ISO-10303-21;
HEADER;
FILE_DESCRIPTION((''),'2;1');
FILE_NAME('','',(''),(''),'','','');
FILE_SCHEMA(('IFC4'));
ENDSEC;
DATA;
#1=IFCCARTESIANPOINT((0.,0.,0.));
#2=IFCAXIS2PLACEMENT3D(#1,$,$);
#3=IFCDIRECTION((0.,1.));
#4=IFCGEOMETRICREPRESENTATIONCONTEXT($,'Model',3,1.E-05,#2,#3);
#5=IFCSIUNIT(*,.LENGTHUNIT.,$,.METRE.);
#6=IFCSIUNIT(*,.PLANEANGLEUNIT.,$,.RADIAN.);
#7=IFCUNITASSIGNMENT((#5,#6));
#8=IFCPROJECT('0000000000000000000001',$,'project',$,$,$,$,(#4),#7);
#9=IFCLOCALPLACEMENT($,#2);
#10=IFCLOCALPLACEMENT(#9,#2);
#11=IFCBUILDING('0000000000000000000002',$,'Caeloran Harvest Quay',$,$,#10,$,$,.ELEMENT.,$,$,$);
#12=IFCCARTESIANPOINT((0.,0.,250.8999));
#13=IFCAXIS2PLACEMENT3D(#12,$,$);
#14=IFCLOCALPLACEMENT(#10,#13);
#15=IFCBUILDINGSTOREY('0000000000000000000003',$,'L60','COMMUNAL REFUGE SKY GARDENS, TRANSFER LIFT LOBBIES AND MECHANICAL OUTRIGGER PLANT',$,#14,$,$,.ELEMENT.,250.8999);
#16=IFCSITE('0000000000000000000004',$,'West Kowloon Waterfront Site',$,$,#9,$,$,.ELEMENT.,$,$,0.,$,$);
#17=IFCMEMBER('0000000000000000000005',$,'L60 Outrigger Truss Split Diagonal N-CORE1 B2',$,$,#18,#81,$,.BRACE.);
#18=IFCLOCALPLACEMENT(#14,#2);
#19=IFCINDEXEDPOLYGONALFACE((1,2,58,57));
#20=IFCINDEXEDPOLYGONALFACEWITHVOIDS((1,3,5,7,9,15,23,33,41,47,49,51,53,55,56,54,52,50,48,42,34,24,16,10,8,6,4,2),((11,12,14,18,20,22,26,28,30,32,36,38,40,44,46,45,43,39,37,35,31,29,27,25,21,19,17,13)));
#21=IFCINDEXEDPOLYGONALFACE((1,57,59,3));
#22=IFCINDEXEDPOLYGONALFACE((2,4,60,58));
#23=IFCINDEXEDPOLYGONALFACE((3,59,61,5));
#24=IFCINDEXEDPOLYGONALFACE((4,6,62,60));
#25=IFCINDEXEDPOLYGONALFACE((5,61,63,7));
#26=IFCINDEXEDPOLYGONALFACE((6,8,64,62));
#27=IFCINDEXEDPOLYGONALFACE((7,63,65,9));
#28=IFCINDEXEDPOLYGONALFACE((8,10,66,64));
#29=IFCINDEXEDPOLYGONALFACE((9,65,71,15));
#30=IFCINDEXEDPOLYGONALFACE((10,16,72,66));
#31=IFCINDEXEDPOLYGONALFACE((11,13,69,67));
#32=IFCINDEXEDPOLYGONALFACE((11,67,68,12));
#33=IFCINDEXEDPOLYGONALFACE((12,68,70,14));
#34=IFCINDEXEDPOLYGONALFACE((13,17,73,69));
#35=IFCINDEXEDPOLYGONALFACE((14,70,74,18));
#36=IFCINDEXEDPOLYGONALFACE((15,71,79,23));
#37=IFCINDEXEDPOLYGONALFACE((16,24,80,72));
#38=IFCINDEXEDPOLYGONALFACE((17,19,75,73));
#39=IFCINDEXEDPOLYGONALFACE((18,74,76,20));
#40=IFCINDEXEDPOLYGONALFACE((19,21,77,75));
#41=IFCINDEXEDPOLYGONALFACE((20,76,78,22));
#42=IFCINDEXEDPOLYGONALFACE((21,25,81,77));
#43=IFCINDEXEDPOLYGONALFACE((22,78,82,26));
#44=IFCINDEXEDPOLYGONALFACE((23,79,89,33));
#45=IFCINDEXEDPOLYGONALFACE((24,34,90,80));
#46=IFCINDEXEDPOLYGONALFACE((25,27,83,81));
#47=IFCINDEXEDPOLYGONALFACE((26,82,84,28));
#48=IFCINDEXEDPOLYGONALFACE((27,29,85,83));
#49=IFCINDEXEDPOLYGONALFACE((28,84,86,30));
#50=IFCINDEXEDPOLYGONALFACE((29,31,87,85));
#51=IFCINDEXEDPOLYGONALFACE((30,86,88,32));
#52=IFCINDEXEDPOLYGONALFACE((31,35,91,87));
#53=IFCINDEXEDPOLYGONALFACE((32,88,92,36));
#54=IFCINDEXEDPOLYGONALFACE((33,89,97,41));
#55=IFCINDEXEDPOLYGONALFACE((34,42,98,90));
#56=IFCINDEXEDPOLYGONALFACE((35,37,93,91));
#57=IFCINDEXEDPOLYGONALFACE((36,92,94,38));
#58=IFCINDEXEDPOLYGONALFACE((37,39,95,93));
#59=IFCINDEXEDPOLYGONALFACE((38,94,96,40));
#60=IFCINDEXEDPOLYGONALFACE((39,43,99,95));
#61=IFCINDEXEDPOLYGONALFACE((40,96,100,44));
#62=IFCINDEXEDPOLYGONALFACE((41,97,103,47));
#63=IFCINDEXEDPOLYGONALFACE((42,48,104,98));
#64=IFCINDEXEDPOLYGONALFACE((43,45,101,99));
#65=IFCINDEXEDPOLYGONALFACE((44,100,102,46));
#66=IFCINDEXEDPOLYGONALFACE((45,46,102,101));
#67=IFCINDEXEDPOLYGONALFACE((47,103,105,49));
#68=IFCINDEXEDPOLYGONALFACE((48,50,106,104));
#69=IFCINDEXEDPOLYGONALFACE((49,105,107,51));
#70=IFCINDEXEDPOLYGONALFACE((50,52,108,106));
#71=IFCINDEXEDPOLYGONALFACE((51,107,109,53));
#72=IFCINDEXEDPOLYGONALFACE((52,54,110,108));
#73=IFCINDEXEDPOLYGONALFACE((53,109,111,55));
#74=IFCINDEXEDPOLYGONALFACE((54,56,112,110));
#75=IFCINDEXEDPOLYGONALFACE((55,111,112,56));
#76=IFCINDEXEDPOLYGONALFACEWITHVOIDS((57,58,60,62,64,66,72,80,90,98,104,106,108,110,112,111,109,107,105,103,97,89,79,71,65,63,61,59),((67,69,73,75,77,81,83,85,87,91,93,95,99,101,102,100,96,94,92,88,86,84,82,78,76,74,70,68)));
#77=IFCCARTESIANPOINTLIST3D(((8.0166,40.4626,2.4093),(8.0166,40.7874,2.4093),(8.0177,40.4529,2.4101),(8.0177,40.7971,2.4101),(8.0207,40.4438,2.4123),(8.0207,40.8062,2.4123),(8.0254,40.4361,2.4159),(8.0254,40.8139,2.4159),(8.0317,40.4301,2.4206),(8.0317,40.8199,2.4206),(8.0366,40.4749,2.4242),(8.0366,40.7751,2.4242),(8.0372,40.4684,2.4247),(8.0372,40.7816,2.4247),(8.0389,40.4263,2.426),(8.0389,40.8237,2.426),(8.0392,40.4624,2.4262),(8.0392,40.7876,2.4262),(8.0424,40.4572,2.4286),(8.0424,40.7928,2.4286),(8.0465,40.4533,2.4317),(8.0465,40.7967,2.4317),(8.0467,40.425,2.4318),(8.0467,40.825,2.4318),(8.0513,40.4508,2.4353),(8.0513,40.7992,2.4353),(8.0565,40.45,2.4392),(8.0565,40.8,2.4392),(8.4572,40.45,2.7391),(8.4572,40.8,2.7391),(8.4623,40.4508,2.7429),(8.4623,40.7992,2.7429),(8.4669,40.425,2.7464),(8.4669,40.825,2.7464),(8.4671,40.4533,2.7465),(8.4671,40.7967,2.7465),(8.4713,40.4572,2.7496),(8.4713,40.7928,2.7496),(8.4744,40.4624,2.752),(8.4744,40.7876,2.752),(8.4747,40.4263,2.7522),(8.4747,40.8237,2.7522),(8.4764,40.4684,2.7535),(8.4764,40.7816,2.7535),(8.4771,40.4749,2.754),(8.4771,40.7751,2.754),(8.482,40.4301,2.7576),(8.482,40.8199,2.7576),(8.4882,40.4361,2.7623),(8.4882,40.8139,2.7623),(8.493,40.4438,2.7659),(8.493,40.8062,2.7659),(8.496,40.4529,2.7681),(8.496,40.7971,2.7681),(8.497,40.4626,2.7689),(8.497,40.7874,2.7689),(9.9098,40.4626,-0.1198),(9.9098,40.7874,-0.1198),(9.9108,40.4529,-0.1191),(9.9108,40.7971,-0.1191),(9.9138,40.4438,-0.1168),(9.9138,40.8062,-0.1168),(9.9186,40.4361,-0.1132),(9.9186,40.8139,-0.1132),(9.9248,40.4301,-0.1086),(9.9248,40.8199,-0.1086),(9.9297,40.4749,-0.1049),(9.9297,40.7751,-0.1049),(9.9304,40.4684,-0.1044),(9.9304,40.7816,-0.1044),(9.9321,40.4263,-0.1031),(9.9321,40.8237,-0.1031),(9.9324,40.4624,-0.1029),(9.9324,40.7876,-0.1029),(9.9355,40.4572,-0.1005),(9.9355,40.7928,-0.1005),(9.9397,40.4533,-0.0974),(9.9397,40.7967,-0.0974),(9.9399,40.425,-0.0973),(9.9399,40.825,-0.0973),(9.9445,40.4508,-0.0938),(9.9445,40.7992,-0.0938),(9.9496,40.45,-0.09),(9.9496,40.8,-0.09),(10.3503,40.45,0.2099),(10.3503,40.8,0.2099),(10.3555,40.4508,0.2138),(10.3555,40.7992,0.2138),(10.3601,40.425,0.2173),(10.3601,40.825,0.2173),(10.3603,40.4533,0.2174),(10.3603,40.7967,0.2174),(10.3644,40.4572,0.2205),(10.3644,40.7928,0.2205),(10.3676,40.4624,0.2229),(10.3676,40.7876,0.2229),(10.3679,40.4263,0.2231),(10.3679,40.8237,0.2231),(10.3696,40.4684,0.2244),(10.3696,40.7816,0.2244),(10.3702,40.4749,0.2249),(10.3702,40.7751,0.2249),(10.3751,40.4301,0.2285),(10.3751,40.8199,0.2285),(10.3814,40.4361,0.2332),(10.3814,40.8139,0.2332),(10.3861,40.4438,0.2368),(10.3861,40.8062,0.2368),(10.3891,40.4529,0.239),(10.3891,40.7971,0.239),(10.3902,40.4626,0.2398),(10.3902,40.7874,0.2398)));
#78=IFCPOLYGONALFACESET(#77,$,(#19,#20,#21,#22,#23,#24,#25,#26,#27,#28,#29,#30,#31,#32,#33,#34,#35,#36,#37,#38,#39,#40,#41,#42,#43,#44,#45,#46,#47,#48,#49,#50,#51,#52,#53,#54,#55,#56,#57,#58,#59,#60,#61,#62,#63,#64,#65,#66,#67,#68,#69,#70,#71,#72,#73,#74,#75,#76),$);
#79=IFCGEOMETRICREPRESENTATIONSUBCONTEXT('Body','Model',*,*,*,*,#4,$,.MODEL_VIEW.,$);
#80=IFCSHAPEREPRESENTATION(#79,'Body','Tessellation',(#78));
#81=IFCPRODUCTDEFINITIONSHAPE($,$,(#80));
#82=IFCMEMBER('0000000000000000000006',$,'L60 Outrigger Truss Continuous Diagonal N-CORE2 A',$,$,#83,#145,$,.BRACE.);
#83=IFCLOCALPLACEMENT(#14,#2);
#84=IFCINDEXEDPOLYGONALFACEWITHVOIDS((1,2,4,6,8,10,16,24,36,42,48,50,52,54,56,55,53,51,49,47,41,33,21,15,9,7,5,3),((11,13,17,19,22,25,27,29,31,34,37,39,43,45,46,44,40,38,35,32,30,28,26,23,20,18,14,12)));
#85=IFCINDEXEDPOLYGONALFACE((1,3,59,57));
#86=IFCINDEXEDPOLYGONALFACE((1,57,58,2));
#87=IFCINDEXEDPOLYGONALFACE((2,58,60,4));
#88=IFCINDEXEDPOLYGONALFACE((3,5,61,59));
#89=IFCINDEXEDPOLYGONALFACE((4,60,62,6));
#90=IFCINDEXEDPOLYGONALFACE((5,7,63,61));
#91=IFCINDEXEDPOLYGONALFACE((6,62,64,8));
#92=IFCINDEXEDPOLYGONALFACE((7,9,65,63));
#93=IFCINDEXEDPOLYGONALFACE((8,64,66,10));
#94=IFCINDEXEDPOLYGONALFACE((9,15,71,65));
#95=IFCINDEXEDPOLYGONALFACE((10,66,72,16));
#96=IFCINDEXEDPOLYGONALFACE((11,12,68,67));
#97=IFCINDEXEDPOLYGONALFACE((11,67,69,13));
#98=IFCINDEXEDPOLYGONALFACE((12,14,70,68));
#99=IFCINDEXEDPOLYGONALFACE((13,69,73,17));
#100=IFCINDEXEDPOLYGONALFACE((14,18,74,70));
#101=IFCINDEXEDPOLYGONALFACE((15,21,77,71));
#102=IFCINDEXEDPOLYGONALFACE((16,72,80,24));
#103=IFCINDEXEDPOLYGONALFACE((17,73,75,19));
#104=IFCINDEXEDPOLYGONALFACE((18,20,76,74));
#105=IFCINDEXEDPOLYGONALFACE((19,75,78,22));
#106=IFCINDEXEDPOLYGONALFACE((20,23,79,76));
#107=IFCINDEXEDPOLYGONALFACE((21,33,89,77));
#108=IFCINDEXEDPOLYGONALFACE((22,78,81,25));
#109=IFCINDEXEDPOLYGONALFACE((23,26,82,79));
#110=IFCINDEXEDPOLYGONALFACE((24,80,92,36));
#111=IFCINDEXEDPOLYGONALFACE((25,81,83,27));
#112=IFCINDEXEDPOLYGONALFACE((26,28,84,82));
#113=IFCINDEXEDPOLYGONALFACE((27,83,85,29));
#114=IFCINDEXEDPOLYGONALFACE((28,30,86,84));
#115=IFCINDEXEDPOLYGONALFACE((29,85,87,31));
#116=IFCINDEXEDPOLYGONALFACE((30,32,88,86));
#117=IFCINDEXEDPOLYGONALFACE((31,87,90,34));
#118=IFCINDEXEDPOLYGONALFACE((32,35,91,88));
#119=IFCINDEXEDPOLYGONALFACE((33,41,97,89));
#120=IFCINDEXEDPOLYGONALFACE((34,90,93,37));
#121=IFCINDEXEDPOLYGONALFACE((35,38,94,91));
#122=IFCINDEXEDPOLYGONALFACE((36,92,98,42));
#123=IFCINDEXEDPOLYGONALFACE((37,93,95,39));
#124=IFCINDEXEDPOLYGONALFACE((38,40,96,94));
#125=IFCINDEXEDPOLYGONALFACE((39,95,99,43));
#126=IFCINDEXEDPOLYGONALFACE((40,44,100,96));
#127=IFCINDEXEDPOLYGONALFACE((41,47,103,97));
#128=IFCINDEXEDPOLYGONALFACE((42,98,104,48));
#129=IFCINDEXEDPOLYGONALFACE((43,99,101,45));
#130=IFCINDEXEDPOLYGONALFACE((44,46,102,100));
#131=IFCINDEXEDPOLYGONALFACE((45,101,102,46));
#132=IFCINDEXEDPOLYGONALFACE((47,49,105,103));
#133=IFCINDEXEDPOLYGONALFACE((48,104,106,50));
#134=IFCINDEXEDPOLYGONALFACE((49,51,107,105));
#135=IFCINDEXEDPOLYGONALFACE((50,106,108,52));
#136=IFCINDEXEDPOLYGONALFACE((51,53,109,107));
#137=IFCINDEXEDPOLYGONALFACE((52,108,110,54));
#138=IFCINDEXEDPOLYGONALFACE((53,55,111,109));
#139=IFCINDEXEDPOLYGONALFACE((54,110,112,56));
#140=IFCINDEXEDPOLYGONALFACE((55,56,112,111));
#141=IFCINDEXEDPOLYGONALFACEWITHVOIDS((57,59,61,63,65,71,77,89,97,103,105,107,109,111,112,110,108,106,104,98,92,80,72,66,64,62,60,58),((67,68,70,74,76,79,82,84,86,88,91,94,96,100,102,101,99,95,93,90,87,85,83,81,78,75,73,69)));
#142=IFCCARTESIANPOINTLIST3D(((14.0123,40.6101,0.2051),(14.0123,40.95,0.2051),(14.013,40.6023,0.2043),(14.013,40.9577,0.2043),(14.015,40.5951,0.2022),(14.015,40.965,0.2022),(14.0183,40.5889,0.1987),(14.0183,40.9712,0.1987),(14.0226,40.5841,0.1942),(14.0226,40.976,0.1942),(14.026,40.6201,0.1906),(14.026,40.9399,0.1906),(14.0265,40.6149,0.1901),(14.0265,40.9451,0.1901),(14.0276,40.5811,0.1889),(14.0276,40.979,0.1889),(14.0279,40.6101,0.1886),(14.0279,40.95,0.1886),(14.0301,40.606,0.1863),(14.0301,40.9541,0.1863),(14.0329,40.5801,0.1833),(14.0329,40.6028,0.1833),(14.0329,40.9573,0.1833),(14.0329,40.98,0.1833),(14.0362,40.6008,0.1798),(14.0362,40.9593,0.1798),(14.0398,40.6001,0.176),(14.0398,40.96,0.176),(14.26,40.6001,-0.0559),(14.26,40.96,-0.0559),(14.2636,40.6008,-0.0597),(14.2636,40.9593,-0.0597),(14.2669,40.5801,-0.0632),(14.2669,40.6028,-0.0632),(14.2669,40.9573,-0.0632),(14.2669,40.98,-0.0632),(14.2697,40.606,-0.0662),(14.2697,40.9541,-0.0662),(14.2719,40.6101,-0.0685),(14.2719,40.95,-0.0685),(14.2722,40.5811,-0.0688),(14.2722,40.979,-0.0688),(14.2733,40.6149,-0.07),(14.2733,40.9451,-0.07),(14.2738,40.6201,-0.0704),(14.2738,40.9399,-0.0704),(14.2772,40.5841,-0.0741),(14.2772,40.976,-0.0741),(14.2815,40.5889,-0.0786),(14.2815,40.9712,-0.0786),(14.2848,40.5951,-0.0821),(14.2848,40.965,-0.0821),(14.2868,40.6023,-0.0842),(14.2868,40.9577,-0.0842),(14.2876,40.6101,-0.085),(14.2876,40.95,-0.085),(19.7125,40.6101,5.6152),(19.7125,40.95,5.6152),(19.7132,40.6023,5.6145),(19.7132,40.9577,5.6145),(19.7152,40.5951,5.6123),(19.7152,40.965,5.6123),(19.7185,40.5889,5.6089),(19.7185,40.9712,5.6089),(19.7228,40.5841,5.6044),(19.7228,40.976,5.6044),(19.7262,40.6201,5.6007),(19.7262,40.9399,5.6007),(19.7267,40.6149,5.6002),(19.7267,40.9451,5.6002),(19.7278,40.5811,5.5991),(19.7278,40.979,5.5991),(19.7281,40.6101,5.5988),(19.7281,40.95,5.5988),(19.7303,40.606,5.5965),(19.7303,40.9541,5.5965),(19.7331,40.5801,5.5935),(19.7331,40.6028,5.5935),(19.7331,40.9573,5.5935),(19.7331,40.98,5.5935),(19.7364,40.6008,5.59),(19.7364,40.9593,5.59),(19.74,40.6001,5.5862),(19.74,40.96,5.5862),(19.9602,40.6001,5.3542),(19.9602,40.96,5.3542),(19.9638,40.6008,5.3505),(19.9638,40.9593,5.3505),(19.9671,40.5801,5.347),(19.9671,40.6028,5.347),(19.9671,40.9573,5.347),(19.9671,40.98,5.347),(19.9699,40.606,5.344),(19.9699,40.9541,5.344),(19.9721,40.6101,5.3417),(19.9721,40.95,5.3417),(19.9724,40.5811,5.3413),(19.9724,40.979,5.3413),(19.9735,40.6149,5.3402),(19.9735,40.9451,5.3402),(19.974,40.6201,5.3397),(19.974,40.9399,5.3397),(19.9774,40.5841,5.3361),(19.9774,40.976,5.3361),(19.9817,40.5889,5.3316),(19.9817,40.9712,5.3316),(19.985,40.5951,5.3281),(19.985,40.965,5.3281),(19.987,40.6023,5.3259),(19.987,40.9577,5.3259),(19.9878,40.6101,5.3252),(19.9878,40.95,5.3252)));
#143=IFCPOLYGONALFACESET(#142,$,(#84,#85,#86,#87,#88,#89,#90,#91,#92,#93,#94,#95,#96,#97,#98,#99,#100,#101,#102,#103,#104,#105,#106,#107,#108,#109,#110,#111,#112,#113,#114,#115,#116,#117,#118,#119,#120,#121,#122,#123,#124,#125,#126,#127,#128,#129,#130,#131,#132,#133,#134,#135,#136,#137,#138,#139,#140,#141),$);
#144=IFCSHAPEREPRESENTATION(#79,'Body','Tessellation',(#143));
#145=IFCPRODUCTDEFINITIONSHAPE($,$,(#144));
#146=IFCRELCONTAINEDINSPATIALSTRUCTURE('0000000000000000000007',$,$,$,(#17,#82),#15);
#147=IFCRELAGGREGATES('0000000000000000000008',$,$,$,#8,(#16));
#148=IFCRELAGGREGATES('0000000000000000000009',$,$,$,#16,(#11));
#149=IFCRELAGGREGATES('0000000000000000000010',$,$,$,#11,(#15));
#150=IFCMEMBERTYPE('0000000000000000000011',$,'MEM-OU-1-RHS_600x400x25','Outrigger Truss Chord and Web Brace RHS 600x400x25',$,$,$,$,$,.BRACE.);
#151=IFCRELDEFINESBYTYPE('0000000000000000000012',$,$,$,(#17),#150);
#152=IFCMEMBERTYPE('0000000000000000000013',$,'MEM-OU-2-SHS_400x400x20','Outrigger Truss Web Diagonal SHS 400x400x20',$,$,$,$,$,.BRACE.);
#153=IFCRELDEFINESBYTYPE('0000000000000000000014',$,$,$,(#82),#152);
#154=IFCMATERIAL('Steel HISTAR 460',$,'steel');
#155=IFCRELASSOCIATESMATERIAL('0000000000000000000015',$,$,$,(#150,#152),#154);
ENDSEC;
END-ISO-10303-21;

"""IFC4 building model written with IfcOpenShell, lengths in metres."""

from ifc_helpers import new_model, si_unit, direction, frame, origin, origin_2d, place, context, subcontext, project, spatial, hollow_rectangle, extrude, material, material_profile, profile_set, type_object, element, save


model = new_model("IFC4")

# Units and contexts
model_context = context("Model", 3, precision=1e-05, world=origin(), true_north=direction((0.0, 1.0)))
body_context = subcontext(model_context, "Body", "Model", "MODEL_VIEW")
ifc_project = project(units=[si_unit("LENGTHUNIT", "METRE"), si_unit("PLANEANGLEUNIT", "RADIAN")], contexts=[model_context])

# Site, building, storey
site_placement = place(None, origin())
site = spatial("IfcSite", under=ifc_project, at=site_placement, Name="West Kowloon Waterfront Site", CompositionType="ELEMENT", RefElevation=0.0)
building_placement = place(site_placement, origin())
building = spatial("IfcBuilding", under=site, at=building_placement, Name="Caeloran Harvest Quay", CompositionType="ELEMENT")
storey_placement = place(building_placement, frame((0.0, 0.0, 250.8999)))
storey = spatial("IfcBuildingStorey", under=building, at=storey_placement, Name="L60", Description="COMMUNAL REFUGE SKY GARDENS, TRANSFER LIFT LOBBIES AND MECHANICAL OUTRIGGER PLANT", CompositionType="ELEMENT", Elevation=250.8999)

# Members
ifc_material_1 = material(Name="Steel HISTAR 460", Category="steel")
ifc_material_profile_1 = material_profile(ifc_material_1, hollow_rectangle(XDim=0.3999, YDim=0.6001, WallThickness=0.0249, InnerFilletRadius=0.0249, OuterFilletRadius=0.0376, at=origin_2d()), Name="RHS 600x400x25")
ifc_profile_set_1 = profile_set([ifc_material_profile_1], Name="Steel HISTAR 460")
member_type_1 = type_object("IfcMemberType", Name="MEM-OU-1-RHS_600x400x25", Description="Outrigger Truss Chord and Web Brace RHS 600x400x25", PredefinedType="BRACE", material=ifc_profile_set_1)
for number, where, z_axis, x_axis, name in (
    (1, (8.2568, 40.625, 2.5891), (0.599245, 0.0, -0.800565), (0.0, 1.0, 0.0), "L60 Outrigger Truss Split Diagonal N-CORE1 B2"),
):
    element("IfcMember", number, at=place(storey_placement, frame(where, z_axis=z_axis, x_axis=x_axis)), inside=storey, type_object=member_type_1, Name=name, PredefinedType="BRACE", context=body_context, shape_type="SweptSolid", body=[
        extrude(hollow_rectangle(XDim=0.3999, YDim=0.6001, WallThickness=0.0249, InnerFilletRadius=0.0249, OuterFilletRadius=0.0376, at=origin_2d()), origin(), (0.0, 0.0, 1.0), 3.1592),
    ])
ifc_material_profile_2 = material_profile(ifc_material_1, hollow_rectangle(XDim=0.3999, YDim=0.3999, WallThickness=0.02, InnerFilletRadius=0.02, OuterFilletRadius=0.03, at=origin_2d()), Name="SHS 400x400x20")
ifc_profile_set_2 = profile_set([ifc_material_profile_2], Name="Steel HISTAR 460")
member_type_2 = type_object("IfcMemberType", Name="MEM-OU-2-SHS_400x400x20", Description="Outrigger Truss Web Diagonal SHS 400x400x20", PredefinedType="BRACE", material=ifc_profile_set_2)
member_1_placement = place(storey_placement, frame((14.1499, 40.78, 0.0601), z_axis=(0.725319, 0.0, 0.688413), x_axis=(0.0, 1.0, 0.0)))
element("IfcMember", 2, at=member_1_placement, inside=storey, type_object=member_type_2, Name="L60 Outrigger Truss Continuous Diagonal N-CORE2 A", PredefinedType="BRACE", context=body_context, shape_type="SweptSolid", body=[
    extrude(hollow_rectangle(XDim=0.3999, YDim=0.3999, WallThickness=0.02, InnerFilletRadius=0.02, OuterFilletRadius=0.03, at=origin_2d()), origin(), (0.0, 0.0, 1.0), 7.8589),
])

save(model, "model.ifc")
